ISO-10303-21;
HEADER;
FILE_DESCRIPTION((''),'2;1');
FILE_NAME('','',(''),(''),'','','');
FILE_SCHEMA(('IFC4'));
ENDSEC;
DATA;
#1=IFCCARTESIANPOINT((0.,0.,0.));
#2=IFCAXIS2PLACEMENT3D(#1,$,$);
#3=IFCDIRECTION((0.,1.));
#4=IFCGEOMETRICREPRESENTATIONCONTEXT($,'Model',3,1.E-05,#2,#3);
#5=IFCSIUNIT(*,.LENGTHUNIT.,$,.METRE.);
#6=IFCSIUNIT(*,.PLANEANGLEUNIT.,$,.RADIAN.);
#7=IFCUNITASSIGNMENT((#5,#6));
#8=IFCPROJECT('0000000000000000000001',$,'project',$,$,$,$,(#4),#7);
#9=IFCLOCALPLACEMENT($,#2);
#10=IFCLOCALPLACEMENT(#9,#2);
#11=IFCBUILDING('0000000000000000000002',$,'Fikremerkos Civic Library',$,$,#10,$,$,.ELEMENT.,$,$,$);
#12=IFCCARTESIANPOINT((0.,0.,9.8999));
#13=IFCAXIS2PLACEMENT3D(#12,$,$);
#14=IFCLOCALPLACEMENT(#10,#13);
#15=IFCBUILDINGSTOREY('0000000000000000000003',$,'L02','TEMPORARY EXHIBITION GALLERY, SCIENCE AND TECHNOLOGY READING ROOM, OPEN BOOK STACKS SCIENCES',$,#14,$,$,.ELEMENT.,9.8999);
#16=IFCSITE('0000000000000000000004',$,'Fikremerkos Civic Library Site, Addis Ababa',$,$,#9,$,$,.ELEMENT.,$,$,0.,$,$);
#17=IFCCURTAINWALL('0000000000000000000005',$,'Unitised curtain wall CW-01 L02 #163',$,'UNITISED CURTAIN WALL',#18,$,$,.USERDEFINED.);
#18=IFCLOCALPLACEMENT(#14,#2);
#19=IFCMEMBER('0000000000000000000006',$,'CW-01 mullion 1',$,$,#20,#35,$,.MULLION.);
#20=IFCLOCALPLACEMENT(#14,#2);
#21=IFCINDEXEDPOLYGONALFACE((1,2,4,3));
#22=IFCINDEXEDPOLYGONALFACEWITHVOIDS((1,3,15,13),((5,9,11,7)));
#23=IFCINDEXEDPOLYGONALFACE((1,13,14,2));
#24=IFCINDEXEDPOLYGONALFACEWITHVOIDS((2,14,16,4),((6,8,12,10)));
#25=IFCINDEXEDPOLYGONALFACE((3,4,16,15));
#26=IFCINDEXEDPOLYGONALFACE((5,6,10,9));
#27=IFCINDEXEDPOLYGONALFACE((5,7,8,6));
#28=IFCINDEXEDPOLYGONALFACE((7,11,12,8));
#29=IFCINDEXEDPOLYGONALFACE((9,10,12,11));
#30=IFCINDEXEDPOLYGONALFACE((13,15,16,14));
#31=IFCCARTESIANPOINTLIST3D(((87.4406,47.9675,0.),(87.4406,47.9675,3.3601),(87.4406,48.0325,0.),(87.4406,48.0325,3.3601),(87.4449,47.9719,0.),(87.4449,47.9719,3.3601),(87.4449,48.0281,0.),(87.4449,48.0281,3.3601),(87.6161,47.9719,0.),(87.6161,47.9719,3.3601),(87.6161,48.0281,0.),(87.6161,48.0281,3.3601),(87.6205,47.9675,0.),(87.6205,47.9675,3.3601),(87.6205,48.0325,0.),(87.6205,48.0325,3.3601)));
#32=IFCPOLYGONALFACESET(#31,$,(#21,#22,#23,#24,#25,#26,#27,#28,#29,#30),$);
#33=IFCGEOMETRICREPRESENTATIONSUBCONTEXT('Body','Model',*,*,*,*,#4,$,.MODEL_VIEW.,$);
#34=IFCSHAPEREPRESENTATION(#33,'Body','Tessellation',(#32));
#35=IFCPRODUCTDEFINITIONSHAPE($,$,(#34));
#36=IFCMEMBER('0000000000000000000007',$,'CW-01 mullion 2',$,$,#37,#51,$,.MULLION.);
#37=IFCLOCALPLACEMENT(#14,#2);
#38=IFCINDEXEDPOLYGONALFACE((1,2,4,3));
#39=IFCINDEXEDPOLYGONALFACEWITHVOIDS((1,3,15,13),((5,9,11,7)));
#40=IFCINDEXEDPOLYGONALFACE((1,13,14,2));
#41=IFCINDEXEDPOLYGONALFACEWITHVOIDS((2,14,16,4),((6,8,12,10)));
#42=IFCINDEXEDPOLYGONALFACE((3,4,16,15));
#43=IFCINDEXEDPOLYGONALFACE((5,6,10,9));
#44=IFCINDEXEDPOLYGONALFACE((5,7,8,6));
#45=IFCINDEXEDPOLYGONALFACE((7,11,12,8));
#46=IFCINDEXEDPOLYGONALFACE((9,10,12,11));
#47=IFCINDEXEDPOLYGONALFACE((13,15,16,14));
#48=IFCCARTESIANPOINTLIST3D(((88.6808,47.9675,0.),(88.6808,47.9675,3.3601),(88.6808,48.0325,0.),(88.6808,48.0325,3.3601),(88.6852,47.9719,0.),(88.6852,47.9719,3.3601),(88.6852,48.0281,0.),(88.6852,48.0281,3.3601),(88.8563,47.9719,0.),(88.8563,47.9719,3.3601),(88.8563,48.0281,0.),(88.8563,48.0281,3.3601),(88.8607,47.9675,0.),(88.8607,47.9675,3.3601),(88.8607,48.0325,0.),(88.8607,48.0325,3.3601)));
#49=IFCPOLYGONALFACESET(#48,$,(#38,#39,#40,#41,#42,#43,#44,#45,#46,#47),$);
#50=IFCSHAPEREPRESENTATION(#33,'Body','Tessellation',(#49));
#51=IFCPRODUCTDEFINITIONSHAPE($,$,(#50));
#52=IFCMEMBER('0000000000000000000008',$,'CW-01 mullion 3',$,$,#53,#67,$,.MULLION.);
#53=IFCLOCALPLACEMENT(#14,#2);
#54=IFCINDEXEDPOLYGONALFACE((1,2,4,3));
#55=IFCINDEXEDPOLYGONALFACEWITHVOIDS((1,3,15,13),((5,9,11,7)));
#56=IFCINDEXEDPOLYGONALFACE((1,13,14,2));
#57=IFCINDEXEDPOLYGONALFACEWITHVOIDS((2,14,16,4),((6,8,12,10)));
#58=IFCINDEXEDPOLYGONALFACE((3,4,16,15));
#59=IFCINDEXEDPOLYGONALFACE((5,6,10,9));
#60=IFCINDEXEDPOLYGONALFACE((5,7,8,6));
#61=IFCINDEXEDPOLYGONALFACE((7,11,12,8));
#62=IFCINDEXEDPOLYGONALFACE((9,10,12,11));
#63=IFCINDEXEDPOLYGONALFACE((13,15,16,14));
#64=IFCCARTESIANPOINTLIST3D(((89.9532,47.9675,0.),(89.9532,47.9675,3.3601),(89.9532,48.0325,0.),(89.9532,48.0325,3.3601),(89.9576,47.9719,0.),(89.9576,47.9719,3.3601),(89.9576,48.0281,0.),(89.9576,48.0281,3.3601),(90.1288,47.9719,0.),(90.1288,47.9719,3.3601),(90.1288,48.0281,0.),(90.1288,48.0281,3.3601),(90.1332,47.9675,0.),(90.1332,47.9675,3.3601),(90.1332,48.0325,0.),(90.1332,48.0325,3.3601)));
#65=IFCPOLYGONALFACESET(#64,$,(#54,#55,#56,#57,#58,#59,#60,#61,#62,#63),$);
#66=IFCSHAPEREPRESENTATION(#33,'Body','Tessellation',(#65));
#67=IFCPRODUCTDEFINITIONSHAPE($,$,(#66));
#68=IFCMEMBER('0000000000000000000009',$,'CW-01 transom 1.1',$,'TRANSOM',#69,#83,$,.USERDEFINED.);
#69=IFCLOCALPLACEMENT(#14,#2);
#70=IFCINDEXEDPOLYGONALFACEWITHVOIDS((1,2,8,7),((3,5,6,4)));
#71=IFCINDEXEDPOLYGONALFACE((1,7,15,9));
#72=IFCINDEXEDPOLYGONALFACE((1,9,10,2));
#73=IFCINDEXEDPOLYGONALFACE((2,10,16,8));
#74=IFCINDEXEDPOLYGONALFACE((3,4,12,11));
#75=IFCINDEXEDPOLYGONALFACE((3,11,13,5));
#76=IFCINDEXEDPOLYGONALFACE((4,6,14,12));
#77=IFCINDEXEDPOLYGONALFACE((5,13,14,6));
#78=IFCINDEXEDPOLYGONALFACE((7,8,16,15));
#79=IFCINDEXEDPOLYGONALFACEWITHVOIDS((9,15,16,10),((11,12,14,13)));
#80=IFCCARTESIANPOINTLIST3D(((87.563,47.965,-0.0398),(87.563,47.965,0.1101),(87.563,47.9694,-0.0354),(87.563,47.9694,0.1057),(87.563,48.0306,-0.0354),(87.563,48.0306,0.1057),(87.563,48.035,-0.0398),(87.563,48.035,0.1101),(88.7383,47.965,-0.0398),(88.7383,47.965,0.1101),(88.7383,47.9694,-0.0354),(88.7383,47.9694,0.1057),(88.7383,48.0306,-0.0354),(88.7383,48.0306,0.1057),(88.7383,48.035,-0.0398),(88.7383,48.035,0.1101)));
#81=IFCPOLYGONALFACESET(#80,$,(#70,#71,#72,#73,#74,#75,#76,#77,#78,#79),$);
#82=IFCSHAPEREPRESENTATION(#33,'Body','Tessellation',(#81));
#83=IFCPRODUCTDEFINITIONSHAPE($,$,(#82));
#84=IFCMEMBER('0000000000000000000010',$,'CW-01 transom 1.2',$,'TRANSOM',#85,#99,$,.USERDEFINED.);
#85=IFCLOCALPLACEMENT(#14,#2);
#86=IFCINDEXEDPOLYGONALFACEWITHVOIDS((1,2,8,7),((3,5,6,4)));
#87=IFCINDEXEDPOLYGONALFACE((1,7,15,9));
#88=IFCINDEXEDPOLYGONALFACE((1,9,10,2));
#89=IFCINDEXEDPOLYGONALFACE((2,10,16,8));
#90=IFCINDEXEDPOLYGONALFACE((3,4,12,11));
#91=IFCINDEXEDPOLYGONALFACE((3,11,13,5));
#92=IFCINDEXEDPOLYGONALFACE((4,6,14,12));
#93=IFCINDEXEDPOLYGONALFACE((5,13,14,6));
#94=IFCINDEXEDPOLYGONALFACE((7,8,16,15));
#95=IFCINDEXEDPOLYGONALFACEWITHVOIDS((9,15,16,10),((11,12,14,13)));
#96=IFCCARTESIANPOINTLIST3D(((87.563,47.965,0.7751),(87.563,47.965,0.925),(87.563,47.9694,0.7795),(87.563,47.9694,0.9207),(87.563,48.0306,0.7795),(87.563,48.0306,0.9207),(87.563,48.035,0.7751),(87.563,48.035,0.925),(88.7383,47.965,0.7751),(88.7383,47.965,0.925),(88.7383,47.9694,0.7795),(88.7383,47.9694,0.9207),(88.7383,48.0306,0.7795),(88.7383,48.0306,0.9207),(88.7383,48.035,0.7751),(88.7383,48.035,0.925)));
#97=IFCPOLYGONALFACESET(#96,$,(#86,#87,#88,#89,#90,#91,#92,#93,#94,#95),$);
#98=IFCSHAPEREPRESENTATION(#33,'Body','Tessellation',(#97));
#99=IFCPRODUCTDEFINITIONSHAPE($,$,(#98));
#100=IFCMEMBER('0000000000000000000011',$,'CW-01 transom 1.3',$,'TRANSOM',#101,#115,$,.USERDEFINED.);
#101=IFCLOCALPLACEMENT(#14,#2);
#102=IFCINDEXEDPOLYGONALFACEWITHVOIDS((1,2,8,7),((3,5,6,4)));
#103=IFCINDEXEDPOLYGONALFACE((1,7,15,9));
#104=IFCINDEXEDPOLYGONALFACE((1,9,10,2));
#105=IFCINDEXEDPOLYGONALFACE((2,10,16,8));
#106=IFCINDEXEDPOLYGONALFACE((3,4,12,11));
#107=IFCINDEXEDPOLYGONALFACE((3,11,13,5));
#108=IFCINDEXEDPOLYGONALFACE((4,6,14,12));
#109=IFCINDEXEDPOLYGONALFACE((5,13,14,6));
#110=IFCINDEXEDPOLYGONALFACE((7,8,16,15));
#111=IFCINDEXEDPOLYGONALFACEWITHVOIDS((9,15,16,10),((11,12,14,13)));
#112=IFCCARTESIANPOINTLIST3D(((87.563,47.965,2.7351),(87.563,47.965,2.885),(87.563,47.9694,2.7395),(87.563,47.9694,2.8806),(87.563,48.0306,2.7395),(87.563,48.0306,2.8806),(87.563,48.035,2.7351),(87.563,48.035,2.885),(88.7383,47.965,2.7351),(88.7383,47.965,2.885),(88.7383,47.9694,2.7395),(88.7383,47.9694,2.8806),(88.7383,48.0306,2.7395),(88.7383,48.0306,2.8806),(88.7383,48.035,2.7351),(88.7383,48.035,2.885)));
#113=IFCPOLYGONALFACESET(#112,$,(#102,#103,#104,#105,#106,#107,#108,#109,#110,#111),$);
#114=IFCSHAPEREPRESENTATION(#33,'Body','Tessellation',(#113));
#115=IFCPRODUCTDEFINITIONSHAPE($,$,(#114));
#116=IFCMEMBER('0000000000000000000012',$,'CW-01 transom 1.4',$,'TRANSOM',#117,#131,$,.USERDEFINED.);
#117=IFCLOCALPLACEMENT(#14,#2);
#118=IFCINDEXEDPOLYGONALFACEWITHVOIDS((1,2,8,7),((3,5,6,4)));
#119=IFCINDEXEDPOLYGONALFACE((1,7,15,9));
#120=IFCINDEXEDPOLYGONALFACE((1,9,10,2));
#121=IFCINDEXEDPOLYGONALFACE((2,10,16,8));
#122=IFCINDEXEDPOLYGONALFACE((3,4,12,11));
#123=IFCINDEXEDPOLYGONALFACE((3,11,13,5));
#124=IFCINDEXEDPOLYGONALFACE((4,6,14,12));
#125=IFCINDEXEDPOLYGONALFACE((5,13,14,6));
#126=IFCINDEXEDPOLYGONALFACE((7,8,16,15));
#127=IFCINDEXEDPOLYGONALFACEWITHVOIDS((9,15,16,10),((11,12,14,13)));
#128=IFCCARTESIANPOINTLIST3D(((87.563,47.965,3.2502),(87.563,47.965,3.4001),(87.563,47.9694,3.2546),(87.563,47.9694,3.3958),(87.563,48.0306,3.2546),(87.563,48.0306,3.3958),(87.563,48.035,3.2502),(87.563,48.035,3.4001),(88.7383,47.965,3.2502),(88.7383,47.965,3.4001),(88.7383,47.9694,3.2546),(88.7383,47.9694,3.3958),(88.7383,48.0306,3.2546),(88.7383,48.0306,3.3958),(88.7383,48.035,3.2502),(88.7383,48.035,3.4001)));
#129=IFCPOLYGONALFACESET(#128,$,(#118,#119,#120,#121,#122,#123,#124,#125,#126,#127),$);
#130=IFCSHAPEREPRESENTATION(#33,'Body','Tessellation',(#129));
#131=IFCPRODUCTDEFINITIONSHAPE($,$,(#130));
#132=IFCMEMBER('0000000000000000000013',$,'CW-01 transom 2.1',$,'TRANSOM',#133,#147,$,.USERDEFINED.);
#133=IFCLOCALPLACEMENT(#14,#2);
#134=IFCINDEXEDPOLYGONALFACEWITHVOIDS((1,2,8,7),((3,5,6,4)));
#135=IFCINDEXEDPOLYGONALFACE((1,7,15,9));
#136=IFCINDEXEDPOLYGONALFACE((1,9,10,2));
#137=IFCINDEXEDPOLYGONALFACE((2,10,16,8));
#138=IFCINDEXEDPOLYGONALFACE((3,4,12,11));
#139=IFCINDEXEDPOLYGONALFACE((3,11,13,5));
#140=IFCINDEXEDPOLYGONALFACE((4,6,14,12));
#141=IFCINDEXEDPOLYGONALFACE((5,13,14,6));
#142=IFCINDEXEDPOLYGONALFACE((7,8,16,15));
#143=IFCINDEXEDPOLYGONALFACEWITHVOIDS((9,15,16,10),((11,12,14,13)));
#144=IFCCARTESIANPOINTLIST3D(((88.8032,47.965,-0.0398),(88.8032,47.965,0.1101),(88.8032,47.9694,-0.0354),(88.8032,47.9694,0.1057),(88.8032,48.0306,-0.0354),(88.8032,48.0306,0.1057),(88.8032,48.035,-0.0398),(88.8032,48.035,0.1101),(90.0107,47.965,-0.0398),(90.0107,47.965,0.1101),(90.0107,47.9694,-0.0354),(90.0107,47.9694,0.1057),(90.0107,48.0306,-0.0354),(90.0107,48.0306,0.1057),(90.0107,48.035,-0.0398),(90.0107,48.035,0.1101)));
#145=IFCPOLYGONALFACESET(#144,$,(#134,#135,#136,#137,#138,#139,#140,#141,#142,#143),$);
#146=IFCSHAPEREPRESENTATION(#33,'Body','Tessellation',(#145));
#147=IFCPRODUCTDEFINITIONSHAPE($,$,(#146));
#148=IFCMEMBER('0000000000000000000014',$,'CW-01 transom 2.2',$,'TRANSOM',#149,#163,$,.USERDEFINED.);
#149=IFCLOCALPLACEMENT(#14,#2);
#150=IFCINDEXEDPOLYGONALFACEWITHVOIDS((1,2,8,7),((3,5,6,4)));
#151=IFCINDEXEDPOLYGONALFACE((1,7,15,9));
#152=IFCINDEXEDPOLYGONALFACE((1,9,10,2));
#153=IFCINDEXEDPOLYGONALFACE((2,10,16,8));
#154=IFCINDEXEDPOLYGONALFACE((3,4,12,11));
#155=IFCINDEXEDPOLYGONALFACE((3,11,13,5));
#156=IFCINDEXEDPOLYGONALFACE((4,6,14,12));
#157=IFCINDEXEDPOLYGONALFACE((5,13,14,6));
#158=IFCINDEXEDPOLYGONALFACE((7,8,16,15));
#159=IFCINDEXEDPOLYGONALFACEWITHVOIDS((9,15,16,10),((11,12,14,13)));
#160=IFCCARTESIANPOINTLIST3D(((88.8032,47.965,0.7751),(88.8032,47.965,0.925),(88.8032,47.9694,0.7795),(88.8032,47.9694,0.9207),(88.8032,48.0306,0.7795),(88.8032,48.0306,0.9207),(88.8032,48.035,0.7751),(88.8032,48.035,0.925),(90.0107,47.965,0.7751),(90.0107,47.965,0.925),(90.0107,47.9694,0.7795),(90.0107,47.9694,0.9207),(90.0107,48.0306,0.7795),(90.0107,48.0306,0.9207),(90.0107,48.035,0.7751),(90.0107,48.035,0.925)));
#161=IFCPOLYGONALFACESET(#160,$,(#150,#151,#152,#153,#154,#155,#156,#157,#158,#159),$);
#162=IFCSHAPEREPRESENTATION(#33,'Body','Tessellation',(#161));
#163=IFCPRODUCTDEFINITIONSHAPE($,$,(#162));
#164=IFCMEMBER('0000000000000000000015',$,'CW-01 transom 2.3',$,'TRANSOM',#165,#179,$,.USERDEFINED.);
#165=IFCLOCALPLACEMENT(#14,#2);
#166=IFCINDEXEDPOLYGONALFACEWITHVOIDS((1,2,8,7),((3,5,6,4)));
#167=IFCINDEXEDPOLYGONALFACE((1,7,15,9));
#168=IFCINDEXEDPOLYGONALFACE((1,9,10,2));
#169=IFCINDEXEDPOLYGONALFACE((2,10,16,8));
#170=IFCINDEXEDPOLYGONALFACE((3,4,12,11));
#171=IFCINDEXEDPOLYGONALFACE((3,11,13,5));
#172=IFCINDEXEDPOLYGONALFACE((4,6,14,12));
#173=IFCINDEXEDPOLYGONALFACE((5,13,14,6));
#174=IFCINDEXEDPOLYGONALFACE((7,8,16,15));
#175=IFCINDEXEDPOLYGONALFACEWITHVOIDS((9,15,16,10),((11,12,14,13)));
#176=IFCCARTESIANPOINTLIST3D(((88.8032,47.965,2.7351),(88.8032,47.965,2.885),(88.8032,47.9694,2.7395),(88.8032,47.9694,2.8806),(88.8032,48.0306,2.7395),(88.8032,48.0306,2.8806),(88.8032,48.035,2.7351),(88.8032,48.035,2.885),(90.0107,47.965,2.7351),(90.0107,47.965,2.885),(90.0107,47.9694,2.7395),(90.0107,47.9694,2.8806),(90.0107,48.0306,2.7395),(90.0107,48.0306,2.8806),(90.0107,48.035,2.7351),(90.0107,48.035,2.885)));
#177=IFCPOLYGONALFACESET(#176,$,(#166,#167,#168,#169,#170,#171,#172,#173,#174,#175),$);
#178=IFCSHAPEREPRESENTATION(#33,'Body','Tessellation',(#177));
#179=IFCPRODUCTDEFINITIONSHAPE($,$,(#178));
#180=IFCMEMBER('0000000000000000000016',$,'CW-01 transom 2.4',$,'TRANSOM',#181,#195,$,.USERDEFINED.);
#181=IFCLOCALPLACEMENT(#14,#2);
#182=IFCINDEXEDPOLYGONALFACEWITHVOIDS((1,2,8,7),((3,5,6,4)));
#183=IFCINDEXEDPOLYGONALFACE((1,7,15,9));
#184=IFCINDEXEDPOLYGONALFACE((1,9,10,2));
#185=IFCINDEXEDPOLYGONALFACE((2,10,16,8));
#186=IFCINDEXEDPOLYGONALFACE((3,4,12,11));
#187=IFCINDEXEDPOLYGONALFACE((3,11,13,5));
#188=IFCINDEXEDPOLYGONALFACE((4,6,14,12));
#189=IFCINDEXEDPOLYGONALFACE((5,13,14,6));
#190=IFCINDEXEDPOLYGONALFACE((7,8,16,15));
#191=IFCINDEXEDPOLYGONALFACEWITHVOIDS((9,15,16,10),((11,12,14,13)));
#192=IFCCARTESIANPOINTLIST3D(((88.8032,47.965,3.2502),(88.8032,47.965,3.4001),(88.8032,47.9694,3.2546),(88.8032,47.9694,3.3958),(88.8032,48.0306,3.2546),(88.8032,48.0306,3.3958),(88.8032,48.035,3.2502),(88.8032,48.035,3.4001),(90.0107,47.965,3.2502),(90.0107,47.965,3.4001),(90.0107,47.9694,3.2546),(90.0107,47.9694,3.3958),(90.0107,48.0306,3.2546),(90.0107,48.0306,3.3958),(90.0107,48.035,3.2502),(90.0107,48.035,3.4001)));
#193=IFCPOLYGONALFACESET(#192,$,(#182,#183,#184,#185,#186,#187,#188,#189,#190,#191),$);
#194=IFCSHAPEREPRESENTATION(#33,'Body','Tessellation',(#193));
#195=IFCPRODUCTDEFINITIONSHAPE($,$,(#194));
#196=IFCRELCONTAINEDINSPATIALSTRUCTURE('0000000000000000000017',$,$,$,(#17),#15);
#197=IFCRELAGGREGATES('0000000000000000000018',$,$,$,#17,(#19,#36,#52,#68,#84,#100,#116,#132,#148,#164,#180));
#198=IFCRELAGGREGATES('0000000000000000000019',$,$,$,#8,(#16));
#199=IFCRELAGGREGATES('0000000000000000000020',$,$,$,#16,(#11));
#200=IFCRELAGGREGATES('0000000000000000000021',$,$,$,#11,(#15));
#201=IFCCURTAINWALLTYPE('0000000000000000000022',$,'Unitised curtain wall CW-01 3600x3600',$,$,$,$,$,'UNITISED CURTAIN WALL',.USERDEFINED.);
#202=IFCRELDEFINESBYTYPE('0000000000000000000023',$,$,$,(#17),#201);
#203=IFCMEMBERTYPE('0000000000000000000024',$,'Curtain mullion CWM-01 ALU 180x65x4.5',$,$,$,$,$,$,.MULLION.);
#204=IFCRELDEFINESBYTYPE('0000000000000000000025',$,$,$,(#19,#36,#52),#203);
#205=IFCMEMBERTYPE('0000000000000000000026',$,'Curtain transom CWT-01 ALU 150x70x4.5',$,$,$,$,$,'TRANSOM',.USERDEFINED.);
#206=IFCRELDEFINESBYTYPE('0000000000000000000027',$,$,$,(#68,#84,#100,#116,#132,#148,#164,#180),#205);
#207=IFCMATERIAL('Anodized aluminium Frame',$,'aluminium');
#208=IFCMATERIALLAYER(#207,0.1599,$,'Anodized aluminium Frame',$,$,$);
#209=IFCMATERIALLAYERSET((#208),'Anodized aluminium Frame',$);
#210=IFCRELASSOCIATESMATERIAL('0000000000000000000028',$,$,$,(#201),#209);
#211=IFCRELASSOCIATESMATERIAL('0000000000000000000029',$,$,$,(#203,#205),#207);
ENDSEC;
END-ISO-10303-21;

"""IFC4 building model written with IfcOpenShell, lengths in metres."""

from ifc_helpers import new_model, si_unit, direction, frame, origin, origin_2d, place, context, subcontext, project, spatial, hollow_rectangle, extrude, material, layer, layer_set, material_profile, profile_set, type_object, element, aggregate, save


model = new_model("IFC4")

# Units and contexts
model_context = context("Model", 3, precision=1e-05, world=origin(), true_north=direction((0.0, 1.0)))
body_context = subcontext(model_context, "Body", "Model", "MODEL_VIEW")
ifc_project = project(units=[si_unit("LENGTHUNIT", "METRE"), si_unit("PLANEANGLEUNIT", "RADIAN")], contexts=[model_context])

# Site, building, storey
site_placement = place(None, origin())
site = spatial("IfcSite", under=ifc_project, at=site_placement, Name="Fikremerkos Civic Library Site, Addis Ababa", CompositionType="ELEMENT", RefElevation=0.0)
building_placement = place(site_placement, origin())
building = spatial("IfcBuilding", under=site, at=building_placement, Name="Fikremerkos Civic Library", CompositionType="ELEMENT")
storey_placement = place(building_placement, frame((0.0, 0.0, 9.8999)))
storey = spatial("IfcBuildingStorey", under=building, at=storey_placement, Name="L02", Description="TEMPORARY EXHIBITION GALLERY, SCIENCE AND TECHNOLOGY READING ROOM, OPEN BOOK STACKS SCIENCES", CompositionType="ELEMENT", Elevation=9.8999)

# Curtain wall, members
ifc_material_1 = material(Name="Anodized aluminium Frame", Category="aluminium")
ifc_layer_1 = layer(ifc_material_1, 0.1599, Name="Anodized aluminium Frame")
ifc_layer_set_1 = layer_set([ifc_layer_1], Name="Anodized aluminium Frame")
curtain_wall_type = type_object("IfcCurtainWallType", Name="Unitised curtain wall CW-01 3600x3600", ElementType="UNITISED CURTAIN WALL", PredefinedType="USERDEFINED", material=ifc_layer_set_1)
curtain_wall_placement = place(storey_placement, origin())
curtain_wall = element("IfcCurtainWall", 1, at=curtain_wall_placement, inside=storey, type_object=curtain_wall_type, Name="Unitised curtain wall CW-01 L02 #163", ObjectType="UNITISED CURTAIN WALL", PredefinedType="USERDEFINED")
ifc_material_profile_1 = material_profile(ifc_material_1, hollow_rectangle(XDim=0.0649, YDim=0.1799, WallThickness=0.0044, at=origin_2d()), Name="ALU 180x65x4.5")
ifc_profile_set_1 = profile_set([ifc_material_profile_1], Name="Anodized aluminium Frame")
member_type_1 = type_object("IfcMemberType", Name="Curtain mullion CWM-01 ALU 180x65x4.5", PredefinedType="MULLION", material=ifc_profile_set_1)
member_1_placement = place(storey_placement, frame((87.5305, 48.0, 0.0), z_axis=(0.0, 0.0, 1.0), x_axis=(0.0, 1.0, 0.0)))
member_1 = element("IfcMember", 2, at=member_1_placement, type_object=member_type_1, Name="CW-01 mullion 1", PredefinedType="MULLION", context=body_context, shape_type="SweptSolid", body=[
    extrude(hollow_rectangle(XDim=0.0649, YDim=0.1799, WallThickness=0.0044, at=origin_2d()), origin(), (0.0, 0.0, 1.0), 3.3601),
])
member_2_placement = place(storey_placement, frame((88.7708, 48.0, 0.0), z_axis=(0.0, 0.0, 1.0), x_axis=(0.0, 1.0, 0.0)))
member_2 = element("IfcMember", 3, at=member_2_placement, type_object=member_type_1, Name="CW-01 mullion 2", PredefinedType="MULLION", context=body_context, shape_type="SweptSolid", body=[
    extrude(hollow_rectangle(XDim=0.0649, YDim=0.1799, WallThickness=0.0044, at=origin_2d()), origin(), (0.0, 0.0, 1.0), 3.3601),
])
member_3_placement = place(storey_placement, frame((90.0432, 48.0, 0.0), z_axis=(0.0, 0.0, 1.0), x_axis=(0.0, 1.0, 0.0)))
member_3 = element("IfcMember", 4, at=member_3_placement, type_object=member_type_1, Name="CW-01 mullion 3", PredefinedType="MULLION", context=body_context, shape_type="SweptSolid", body=[
    extrude(hollow_rectangle(XDim=0.0649, YDim=0.1799, WallThickness=0.0044, at=origin_2d()), origin(), (0.0, 0.0, 1.0), 3.3601),
])
ifc_material_profile_2 = material_profile(ifc_material_1, hollow_rectangle(XDim=0.0701, YDim=0.1499, WallThickness=0.0044, at=origin_2d()), Name="ALU 150x70x4.5")
ifc_profile_set_2 = profile_set([ifc_material_profile_2], Name="Anodized aluminium Frame")
member_type_2 = type_object("IfcMemberType", Name="Curtain transom CWT-01 ALU 150x70x4.5", ElementType="TRANSOM", PredefinedType="USERDEFINED", material=ifc_profile_set_2)
member_4_placement = place(storey_placement, frame((87.563, 48.0, 0.0352), z_axis=(1.0, 0.0, 0.0), x_axis=(0.0, 1.0, 0.0)))
member_4 = element("IfcMember", 5, at=member_4_placement, type_object=member_type_2, Name="CW-01 transom 1.1", ObjectType="TRANSOM", PredefinedType="USERDEFINED", context=body_context, shape_type="SweptSolid", body=[
    extrude(hollow_rectangle(XDim=0.0701, YDim=0.1499, WallThickness=0.0044, at=origin_2d()), origin(), (0.0, 0.0, 1.0), 1.1753),
])
member_5_placement = place(storey_placement, frame((87.563, 48.0, 0.8501), z_axis=(1.0, 0.0, 0.0), x_axis=(0.0, 1.0, 0.0)))
member_5 = element("IfcMember", 6, at=member_5_placement, type_object=member_type_2, Name="CW-01 transom 1.2", ObjectType="TRANSOM", PredefinedType="USERDEFINED", context=body_context, shape_type="SweptSolid", body=[
    extrude(hollow_rectangle(XDim=0.0701, YDim=0.1499, WallThickness=0.0044, at=origin_2d()), origin(), (0.0, 0.0, 1.0), 1.1753),
])
member_6_placement = place(storey_placement, frame((87.563, 48.0, 2.8101), z_axis=(1.0, 0.0, 0.0), x_axis=(0.0, 1.0, 0.0)))
member_6 = element("IfcMember", 7, at=member_6_placement, type_object=member_type_2, Name="CW-01 transom 1.3", ObjectType="TRANSOM", PredefinedType="USERDEFINED", context=body_context, shape_type="SweptSolid", body=[
    extrude(hollow_rectangle(XDim=0.0701, YDim=0.1499, WallThickness=0.0044, at=origin_2d()), origin(), (0.0, 0.0, 1.0), 1.1753),
])
member_7_placement = place(storey_placement, frame((87.563, 48.0, 3.3252), z_axis=(1.0, 0.0, 0.0), x_axis=(0.0, 1.0, 0.0)))
member_7 = element("IfcMember", 8, at=member_7_placement, type_object=member_type_2, Name="CW-01 transom 1.4", ObjectType="TRANSOM", PredefinedType="USERDEFINED", context=body_context, shape_type="SweptSolid", body=[
    extrude(hollow_rectangle(XDim=0.0701, YDim=0.1499, WallThickness=0.0044, at=origin_2d()), origin(), (0.0, 0.0, 1.0), 1.1753),
])
member_8_placement = place(storey_placement, frame((88.8032, 48.0, 0.0352), z_axis=(1.0, 0.0, 0.0), x_axis=(0.0, 1.0, 0.0)))
member_8 = element("IfcMember", 9, at=member_8_placement, type_object=member_type_2, Name="CW-01 transom 2.1", ObjectType="TRANSOM", PredefinedType="USERDEFINED", context=body_context, shape_type="SweptSolid", body=[
    extrude(hollow_rectangle(XDim=0.0701, YDim=0.1499, WallThickness=0.0044, at=origin_2d()), origin(), (0.0, 0.0, 1.0), 1.2075),
])
member_9_placement = place(storey_placement, frame((88.8032, 48.0, 0.8501), z_axis=(1.0, 0.0, 0.0), x_axis=(0.0, 1.0, 0.0)))
member_9 = element("IfcMember", 10, at=member_9_placement, type_object=member_type_2, Name="CW-01 transom 2.2", ObjectType="TRANSOM", PredefinedType="USERDEFINED", context=body_context, shape_type="SweptSolid", body=[
    extrude(hollow_rectangle(XDim=0.0701, YDim=0.1499, WallThickness=0.0044, at=origin_2d()), origin(), (0.0, 0.0, 1.0), 1.2075),
])
member_10_placement = place(storey_placement, frame((88.8032, 48.0, 2.8101), z_axis=(1.0, 0.0, 0.0), x_axis=(0.0, 1.0, 0.0)))
member_10 = element("IfcMember", 11, at=member_10_placement, type_object=member_type_2, Name="CW-01 transom 2.3", ObjectType="TRANSOM", PredefinedType="USERDEFINED", context=body_context, shape_type="SweptSolid", body=[
    extrude(hollow_rectangle(XDim=0.0701, YDim=0.1499, WallThickness=0.0044, at=origin_2d()), origin(), (0.0, 0.0, 1.0), 1.2075),
])
member_11_placement = place(storey_placement, frame((88.8032, 48.0, 3.3252), z_axis=(1.0, 0.0, 0.0), x_axis=(0.0, 1.0, 0.0)))
member_11 = element("IfcMember", 12, at=member_11_placement, type_object=member_type_2, Name="CW-01 transom 2.4", ObjectType="TRANSOM", PredefinedType="USERDEFINED", context=body_context, shape_type="SweptSolid", body=[
    extrude(hollow_rectangle(XDim=0.0701, YDim=0.1499, WallThickness=0.0044, at=origin_2d()), origin(), (0.0, 0.0, 1.0), 1.2075),
])

aggregate(curtain_wall, [member_1, member_2, member_3, member_4, member_5, member_6, member_7, member_8, member_9, member_10, member_11])

save(model, "model.ifc")
